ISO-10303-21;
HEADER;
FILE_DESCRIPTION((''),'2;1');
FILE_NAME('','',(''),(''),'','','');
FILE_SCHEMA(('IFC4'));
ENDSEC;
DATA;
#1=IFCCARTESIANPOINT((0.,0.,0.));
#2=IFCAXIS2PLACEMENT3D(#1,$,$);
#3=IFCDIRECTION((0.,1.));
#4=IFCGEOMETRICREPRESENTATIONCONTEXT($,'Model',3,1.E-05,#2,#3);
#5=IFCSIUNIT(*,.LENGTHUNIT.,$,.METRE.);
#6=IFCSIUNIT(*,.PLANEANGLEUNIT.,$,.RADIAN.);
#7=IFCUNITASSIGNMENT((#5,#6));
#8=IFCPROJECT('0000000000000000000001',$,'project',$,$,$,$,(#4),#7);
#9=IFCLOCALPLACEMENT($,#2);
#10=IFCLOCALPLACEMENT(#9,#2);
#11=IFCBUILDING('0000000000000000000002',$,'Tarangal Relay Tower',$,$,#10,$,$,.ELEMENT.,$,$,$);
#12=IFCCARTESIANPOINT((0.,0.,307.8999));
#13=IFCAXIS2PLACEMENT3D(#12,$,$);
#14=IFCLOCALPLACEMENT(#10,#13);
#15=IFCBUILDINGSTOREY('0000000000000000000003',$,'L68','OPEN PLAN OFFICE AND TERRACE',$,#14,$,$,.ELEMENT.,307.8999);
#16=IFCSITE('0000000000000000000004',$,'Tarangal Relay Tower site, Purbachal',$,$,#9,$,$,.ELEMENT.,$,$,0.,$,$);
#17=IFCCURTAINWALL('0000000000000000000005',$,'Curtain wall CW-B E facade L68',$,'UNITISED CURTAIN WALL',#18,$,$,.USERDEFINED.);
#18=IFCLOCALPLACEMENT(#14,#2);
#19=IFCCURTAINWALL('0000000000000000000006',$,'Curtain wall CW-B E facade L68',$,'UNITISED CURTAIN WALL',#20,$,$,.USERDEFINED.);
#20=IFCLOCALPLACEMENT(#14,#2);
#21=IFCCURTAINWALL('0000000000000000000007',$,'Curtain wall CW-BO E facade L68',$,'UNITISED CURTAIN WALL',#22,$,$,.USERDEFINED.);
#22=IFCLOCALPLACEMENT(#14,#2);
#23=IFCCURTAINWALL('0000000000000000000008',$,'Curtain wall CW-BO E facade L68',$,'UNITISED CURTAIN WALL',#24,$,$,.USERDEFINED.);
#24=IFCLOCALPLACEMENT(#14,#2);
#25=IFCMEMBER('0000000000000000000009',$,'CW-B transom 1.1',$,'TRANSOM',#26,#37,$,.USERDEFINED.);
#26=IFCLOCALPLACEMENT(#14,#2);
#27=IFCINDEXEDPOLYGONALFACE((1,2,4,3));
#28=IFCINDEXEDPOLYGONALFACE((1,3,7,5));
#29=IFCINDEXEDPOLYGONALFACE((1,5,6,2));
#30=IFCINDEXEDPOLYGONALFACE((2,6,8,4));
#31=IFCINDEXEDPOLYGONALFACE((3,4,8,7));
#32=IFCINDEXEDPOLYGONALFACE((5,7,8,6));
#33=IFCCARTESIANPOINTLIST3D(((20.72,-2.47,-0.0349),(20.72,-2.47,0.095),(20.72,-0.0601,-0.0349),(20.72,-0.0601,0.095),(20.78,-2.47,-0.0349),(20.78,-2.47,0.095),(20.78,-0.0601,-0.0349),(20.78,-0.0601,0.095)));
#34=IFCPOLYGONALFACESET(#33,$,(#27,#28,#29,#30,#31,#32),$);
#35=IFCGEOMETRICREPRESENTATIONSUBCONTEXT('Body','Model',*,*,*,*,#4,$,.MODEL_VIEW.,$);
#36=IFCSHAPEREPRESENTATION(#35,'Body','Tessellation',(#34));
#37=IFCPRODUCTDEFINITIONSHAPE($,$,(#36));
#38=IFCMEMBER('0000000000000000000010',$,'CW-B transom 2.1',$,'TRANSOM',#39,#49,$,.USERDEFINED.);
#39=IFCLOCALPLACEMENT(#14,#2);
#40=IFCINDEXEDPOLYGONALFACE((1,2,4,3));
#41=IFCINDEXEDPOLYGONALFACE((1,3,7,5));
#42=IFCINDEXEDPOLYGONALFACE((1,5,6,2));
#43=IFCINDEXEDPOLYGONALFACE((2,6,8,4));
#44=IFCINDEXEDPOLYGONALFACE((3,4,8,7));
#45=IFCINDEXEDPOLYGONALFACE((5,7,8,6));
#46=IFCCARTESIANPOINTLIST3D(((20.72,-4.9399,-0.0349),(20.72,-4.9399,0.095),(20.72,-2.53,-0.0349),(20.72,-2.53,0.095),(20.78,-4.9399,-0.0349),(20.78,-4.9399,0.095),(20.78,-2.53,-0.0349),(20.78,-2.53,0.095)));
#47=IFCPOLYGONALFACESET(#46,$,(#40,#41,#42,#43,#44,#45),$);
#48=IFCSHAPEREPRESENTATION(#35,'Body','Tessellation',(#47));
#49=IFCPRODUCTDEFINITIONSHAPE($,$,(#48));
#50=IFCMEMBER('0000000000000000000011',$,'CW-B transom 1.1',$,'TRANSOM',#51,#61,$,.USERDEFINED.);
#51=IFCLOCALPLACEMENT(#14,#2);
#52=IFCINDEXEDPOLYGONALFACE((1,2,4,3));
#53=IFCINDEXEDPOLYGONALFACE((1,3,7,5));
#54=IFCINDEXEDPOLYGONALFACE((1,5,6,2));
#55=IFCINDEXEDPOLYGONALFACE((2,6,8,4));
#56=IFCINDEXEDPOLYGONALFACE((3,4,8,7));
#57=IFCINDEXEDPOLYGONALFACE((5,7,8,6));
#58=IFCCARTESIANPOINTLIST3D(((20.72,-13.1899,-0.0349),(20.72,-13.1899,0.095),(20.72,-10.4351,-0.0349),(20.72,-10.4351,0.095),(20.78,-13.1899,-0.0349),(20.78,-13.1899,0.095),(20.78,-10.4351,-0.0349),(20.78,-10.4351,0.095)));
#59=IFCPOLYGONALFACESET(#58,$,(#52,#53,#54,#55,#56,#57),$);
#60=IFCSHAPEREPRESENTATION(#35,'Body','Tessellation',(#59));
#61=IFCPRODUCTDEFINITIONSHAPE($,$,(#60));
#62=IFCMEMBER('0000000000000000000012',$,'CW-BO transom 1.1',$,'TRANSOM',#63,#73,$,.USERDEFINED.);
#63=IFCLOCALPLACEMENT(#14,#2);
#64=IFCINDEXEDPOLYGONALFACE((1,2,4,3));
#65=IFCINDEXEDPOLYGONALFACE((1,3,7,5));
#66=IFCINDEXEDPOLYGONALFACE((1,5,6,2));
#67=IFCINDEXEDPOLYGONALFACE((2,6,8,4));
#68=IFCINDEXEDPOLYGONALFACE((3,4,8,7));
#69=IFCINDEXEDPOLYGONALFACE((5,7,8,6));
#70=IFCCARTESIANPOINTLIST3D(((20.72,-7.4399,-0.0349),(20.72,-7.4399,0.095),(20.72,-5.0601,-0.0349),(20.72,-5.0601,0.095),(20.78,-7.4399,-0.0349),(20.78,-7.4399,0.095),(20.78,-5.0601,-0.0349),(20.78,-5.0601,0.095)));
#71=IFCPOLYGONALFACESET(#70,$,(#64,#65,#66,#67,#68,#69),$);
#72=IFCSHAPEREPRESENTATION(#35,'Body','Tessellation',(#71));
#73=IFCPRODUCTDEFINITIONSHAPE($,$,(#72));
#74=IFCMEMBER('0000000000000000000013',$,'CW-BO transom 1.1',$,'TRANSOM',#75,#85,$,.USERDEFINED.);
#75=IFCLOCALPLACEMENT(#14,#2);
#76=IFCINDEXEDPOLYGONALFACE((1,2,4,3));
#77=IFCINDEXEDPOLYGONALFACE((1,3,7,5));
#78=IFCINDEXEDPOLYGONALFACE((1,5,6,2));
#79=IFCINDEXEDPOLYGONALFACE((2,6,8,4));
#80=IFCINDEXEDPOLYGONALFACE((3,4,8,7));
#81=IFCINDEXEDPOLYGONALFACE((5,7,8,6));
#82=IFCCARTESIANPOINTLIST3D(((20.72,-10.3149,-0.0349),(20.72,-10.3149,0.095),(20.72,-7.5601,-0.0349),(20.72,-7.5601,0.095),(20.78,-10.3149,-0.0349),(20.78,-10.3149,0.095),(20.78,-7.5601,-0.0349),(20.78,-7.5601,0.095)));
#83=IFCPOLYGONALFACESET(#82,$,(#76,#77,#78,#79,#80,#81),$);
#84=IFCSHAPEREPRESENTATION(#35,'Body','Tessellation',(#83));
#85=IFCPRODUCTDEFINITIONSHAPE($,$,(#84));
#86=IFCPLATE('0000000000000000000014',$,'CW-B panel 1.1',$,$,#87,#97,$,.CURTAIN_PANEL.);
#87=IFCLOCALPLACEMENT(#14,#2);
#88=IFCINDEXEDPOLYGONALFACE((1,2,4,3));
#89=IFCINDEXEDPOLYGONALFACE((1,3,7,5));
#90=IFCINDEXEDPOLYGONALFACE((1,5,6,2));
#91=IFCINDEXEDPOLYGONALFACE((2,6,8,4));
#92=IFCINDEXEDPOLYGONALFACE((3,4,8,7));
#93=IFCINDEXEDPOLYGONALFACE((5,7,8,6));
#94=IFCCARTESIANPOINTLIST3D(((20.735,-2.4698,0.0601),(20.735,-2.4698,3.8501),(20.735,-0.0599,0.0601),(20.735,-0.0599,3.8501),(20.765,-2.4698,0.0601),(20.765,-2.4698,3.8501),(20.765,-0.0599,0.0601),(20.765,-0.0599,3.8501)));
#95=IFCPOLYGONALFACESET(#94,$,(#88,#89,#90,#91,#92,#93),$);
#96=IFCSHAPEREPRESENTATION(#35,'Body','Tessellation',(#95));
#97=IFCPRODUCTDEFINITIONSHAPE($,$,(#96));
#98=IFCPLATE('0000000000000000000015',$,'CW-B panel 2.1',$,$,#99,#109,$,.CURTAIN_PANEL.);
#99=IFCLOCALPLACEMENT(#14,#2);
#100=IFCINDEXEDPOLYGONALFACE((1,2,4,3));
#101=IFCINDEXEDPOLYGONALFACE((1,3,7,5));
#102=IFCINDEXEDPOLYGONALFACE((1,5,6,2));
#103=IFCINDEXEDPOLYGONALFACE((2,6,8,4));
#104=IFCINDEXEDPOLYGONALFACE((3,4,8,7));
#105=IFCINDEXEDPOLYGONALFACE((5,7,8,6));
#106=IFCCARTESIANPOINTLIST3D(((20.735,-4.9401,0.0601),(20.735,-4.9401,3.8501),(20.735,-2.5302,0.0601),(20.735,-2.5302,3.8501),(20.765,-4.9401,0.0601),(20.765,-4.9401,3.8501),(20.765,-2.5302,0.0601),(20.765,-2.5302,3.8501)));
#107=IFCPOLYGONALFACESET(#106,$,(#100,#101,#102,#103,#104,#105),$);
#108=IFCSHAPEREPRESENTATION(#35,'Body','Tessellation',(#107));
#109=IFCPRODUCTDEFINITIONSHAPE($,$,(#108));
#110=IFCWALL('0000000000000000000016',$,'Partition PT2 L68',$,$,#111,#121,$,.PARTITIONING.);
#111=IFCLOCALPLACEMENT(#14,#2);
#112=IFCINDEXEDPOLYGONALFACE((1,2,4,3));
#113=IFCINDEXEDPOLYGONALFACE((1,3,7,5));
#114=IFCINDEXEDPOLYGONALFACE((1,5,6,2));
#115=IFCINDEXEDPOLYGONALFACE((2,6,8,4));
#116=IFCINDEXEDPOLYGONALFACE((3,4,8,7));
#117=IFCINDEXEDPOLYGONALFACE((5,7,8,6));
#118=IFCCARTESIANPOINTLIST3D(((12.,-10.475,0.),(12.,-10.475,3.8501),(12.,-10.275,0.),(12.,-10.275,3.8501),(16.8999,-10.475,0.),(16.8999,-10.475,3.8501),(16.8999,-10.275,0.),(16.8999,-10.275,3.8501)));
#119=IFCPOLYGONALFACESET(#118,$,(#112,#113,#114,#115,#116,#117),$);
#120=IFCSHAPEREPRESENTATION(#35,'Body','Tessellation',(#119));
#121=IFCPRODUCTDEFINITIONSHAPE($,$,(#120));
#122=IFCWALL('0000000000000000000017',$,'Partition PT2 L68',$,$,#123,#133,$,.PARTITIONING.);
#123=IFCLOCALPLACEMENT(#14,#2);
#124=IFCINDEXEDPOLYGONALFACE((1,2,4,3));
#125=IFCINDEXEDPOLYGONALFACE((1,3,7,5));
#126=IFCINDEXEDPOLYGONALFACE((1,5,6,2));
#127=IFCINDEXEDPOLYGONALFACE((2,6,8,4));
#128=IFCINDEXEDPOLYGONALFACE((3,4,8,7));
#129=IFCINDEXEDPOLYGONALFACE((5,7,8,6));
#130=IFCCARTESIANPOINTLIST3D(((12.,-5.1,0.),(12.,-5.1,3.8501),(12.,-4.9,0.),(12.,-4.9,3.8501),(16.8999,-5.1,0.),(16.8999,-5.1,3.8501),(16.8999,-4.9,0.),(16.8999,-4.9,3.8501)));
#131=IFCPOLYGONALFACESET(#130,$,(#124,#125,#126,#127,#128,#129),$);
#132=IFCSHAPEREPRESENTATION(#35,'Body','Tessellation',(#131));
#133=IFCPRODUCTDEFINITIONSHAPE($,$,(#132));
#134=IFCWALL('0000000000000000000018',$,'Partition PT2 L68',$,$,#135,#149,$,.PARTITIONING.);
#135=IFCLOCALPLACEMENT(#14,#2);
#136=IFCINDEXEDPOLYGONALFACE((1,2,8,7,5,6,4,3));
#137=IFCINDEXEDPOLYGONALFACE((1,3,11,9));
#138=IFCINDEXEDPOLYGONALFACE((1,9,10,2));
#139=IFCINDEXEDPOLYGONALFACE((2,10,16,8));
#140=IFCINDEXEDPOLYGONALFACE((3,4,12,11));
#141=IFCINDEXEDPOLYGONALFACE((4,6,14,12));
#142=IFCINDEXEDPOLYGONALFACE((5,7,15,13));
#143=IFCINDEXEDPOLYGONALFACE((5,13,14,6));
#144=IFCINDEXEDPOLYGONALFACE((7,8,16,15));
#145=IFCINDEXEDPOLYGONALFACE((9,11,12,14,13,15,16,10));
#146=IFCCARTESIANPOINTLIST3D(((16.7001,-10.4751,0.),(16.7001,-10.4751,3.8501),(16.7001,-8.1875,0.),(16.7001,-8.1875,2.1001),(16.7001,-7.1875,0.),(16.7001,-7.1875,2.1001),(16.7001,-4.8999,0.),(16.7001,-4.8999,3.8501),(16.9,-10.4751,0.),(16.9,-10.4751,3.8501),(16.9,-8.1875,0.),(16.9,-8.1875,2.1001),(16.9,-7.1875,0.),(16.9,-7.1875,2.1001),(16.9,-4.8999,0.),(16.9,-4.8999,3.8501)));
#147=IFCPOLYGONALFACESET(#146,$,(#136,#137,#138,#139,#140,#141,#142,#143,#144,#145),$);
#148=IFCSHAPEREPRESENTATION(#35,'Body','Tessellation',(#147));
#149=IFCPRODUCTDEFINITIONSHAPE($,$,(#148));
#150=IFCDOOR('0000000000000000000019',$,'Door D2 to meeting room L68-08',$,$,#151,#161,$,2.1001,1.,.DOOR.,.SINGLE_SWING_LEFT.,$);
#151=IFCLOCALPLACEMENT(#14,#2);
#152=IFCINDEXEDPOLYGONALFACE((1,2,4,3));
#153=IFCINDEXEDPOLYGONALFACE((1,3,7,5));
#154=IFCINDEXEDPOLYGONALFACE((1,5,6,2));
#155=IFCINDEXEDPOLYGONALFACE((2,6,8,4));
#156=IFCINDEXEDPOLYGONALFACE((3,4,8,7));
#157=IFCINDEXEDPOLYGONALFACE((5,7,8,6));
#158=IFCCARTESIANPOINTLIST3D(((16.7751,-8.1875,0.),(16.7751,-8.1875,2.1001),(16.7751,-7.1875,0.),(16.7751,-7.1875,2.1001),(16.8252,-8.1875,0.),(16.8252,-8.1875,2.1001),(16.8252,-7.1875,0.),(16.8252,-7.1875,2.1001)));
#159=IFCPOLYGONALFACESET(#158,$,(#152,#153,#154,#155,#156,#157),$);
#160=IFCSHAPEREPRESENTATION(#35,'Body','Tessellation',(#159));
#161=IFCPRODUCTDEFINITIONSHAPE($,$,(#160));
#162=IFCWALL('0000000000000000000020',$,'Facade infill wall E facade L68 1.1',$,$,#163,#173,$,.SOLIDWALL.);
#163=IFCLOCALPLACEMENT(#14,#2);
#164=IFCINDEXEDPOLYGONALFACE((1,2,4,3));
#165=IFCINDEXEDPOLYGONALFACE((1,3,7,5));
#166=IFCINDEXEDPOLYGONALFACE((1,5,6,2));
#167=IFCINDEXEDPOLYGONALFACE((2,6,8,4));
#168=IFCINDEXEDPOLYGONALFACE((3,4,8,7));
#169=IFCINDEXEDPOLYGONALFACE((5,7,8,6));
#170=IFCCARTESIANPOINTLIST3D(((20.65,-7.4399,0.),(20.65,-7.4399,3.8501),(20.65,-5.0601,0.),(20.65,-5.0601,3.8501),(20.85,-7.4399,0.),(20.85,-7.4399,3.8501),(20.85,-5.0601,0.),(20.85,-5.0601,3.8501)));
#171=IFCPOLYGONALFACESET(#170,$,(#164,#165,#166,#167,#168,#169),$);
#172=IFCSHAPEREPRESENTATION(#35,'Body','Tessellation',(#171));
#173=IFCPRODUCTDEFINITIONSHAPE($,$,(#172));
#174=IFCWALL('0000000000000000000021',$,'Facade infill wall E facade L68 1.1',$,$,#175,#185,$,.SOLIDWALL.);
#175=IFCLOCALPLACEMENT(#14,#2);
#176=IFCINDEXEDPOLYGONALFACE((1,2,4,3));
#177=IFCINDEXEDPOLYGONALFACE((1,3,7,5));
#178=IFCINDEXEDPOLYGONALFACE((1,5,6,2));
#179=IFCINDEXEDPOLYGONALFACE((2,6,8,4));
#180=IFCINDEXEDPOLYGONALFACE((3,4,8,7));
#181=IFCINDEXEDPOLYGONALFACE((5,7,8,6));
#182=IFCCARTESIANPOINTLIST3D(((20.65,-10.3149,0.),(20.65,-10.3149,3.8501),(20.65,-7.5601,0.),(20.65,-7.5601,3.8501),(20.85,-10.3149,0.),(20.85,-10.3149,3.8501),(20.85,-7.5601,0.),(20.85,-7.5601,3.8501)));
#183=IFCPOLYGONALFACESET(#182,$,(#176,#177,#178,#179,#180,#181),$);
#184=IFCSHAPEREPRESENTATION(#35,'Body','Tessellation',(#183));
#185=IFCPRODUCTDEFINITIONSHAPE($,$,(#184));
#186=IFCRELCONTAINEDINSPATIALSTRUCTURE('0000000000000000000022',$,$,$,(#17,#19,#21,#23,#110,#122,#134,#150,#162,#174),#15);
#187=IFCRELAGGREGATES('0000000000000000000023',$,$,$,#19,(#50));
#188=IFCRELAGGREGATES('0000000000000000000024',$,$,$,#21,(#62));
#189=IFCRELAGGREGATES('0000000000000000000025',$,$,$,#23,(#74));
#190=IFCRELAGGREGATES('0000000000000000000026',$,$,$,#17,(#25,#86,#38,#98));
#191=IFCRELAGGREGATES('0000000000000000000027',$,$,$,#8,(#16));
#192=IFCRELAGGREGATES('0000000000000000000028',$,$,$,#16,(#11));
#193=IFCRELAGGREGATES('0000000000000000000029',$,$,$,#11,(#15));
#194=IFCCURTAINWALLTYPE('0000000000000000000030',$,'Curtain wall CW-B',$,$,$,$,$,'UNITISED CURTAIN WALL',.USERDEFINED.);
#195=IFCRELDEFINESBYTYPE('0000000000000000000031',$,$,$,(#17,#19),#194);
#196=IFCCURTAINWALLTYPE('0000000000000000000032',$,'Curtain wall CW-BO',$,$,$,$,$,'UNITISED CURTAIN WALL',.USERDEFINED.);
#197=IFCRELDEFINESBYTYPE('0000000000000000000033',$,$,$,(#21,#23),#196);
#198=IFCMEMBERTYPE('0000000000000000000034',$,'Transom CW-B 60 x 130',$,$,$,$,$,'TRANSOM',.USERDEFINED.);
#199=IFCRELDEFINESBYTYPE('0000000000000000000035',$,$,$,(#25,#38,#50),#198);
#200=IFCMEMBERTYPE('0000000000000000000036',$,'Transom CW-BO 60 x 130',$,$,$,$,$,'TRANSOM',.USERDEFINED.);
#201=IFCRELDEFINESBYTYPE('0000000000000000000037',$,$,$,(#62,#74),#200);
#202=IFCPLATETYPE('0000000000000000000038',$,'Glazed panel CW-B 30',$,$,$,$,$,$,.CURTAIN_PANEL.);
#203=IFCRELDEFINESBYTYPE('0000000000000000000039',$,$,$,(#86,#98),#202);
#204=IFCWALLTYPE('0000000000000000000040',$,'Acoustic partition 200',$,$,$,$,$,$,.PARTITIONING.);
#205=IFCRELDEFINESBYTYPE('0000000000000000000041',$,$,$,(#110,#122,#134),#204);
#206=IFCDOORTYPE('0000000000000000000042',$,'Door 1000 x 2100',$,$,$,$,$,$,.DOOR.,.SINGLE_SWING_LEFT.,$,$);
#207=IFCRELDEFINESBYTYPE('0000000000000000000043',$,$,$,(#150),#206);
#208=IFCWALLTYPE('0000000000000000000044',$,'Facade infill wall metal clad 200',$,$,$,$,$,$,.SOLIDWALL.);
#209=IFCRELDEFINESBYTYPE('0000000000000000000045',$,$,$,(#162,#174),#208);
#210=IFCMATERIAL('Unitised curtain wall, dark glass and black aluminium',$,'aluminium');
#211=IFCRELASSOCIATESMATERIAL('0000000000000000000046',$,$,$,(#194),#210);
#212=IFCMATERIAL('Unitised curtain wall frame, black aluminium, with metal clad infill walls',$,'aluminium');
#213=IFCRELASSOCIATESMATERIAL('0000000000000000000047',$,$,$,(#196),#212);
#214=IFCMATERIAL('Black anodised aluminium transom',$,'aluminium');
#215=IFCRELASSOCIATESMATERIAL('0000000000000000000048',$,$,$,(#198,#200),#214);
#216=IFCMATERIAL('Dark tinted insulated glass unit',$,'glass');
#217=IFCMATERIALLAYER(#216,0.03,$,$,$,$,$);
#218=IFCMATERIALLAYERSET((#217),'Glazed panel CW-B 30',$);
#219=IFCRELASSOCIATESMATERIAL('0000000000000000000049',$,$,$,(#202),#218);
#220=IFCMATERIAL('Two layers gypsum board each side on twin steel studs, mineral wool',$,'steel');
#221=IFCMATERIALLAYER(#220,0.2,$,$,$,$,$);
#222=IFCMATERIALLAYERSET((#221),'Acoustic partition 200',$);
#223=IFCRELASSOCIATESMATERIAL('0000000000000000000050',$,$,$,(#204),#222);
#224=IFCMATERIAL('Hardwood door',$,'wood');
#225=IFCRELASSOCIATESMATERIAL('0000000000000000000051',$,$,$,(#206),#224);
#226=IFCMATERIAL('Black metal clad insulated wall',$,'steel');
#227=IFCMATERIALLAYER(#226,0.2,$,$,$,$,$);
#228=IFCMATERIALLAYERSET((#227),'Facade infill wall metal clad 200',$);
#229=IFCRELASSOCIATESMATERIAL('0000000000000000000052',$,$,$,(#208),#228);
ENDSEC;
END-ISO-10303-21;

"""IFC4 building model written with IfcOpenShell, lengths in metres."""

from ifc_helpers import new_model, si_unit, direction, frame, frame_2d, origin, origin_2d, place, context, subcontext, project, spatial, rectangle, extrude, material, layer, layer_set, material_profile, profile_set, type_object, element, fill, aggregate, save


model = new_model("IFC4")

# Units and contexts
model_context = context("Model", 3, precision=1e-05, world=origin(), true_north=direction((0.0, 1.0)))
body_context = subcontext(model_context, "Body", "Model", "MODEL_VIEW")
ifc_project = project(units=[si_unit("LENGTHUNIT", "METRE"), si_unit("PLANEANGLEUNIT", "RADIAN")], contexts=[model_context])

# Site, building, storey
site_placement = place(None, origin())
site = spatial("IfcSite", under=ifc_project, at=site_placement, Name="Tarangal Relay Tower site, Purbachal", CompositionType="ELEMENT", RefElevation=0.0)
building_placement = place(site_placement, origin())
building = spatial("IfcBuilding", under=site, at=building_placement, Name="Tarangal Relay Tower", CompositionType="ELEMENT")
storey_placement = place(building_placement, frame((0.0, 0.0, 307.8999)))
storey = spatial("IfcBuildingStorey", under=building, at=storey_placement, Name="L68", Description="OPEN PLAN OFFICE AND TERRACE", CompositionType="ELEMENT", Elevation=307.8999)

# Curtain wall
ifc_material_1 = material(Name="Unitised curtain wall, dark glass and black aluminium", Category="aluminium")
curtain_wall_type_1 = type_object("IfcCurtainWallType", Name="Curtain wall CW-B", ElementType="UNITISED CURTAIN WALL", PredefinedType="USERDEFINED", material=ifc_material_1)
curtain_wall_1_placement = place(storey_placement, origin())
curtain_wall_1 = element("IfcCurtainWall", 1, at=curtain_wall_1_placement, inside=storey, type_object=curtain_wall_type_1, Name="Curtain wall CW-B E facade L68", ObjectType="UNITISED CURTAIN WALL", PredefinedType="USERDEFINED")

# Curtain wall
curtain_wall_2_placement = place(storey_placement, origin())
curtain_wall_2 = element("IfcCurtainWall", 2, at=curtain_wall_2_placement, inside=storey, type_object=curtain_wall_type_1, Name="Curtain wall CW-B E facade L68", ObjectType="UNITISED CURTAIN WALL", PredefinedType="USERDEFINED")

# Curtain walls
ifc_material_2 = material(Name="Unitised curtain wall frame, black aluminium, with metal clad infill walls", Category="aluminium")
curtain_wall_type_2 = type_object("IfcCurtainWallType", Name="Curtain wall CW-BO", ElementType="UNITISED CURTAIN WALL", PredefinedType="USERDEFINED", material=ifc_material_2)
curtain_wall_3_placement = place(storey_placement, origin())
curtain_wall_3 = element("IfcCurtainWall", 3, at=curtain_wall_3_placement, inside=storey, type_object=curtain_wall_type_2, Name="Curtain wall CW-BO E facade L68", ObjectType="UNITISED CURTAIN WALL", PredefinedType="USERDEFINED")
curtain_wall_4_placement = place(storey_placement, origin())
curtain_wall_4 = element("IfcCurtainWall", 4, at=curtain_wall_4_placement, inside=storey, type_object=curtain_wall_type_2, Name="Curtain wall CW-BO E facade L68", ObjectType="UNITISED CURTAIN WALL", PredefinedType="USERDEFINED")

# Members
ifc_material_3 = material(Name="Black anodised aluminium transom", Category="aluminium")
ifc_material_profile_1 = material_profile(ifc_material_3, rectangle(XDim=0.0601, YDim=0.1299, at=origin_2d()), Name="CW-BT 60X130")
ifc_profile_set_1 = profile_set([ifc_material_profile_1], Name="Black anodised aluminium transom")
member_type_1 = type_object("IfcMemberType", Name="Transom CW-B 60 x 130", ElementType="TRANSOM", PredefinedType="USERDEFINED", material=ifc_profile_set_1)
member_1_placement = place(storey_placement, frame((20.75, -0.0601, 0.03), z_axis=(0.0, -1.0, 0.0), x_axis=(1.0, 0.0, 0.0)))
member_1 = element("IfcMember", 5, at=member_1_placement, type_object=member_type_1, Name="CW-B transom 1.1", ObjectType="TRANSOM", PredefinedType="USERDEFINED", context=body_context, shape_type="SweptSolid", body=[
    extrude(rectangle(XDim=0.0601, YDim=0.1299, at=origin_2d()), origin(), (0.0, 0.0, 1.0), 2.4099),
])
member_2_placement = place(storey_placement, frame((20.75, -2.53, 0.03), z_axis=(0.0, -1.0, 0.0), x_axis=(1.0, 0.0, 0.0)))
member_2 = element("IfcMember", 6, at=member_2_placement, type_object=member_type_1, Name="CW-B transom 2.1", ObjectType="TRANSOM", PredefinedType="USERDEFINED", context=body_context, shape_type="SweptSolid", body=[
    extrude(rectangle(XDim=0.0601, YDim=0.1299, at=origin_2d()), origin(), (0.0, 0.0, 1.0), 2.4099),
])
member_3_placement = place(storey_placement, frame((20.75, -10.4351, 0.03), z_axis=(0.0, -1.0, 0.0), x_axis=(1.0, 0.0, 0.0)))
member_3 = element("IfcMember", 7, at=member_3_placement, type_object=member_type_1, Name="CW-B transom 1.1", ObjectType="TRANSOM", PredefinedType="USERDEFINED", context=body_context, shape_type="SweptSolid", body=[
    extrude(rectangle(XDim=0.0601, YDim=0.1299, at=origin_2d()), origin(), (0.0, 0.0, 1.0), 2.7549),
])
aggregate(curtain_wall_2, [member_3])
ifc_material_profile_2 = material_profile(ifc_material_3, rectangle(XDim=0.0601, YDim=0.1299, at=origin_2d()), Name="CW-BOT 60X130")
ifc_profile_set_2 = profile_set([ifc_material_profile_2], Name="Black anodised aluminium transom")
member_type_2 = type_object("IfcMemberType", Name="Transom CW-BO 60 x 130", ElementType="TRANSOM", PredefinedType="USERDEFINED", material=ifc_profile_set_2)
member_4_placement = place(storey_placement, frame((20.75, -5.0601, 0.03), z_axis=(0.0, -1.0, 0.0), x_axis=(1.0, 0.0, 0.0)))
member_4 = element("IfcMember", 8, at=member_4_placement, type_object=member_type_2, Name="CW-BO transom 1.1", ObjectType="TRANSOM", PredefinedType="USERDEFINED", context=body_context, shape_type="SweptSolid", body=[
    extrude(rectangle(XDim=0.0601, YDim=0.1299, at=origin_2d()), origin(), (0.0, 0.0, 1.0), 2.3799),
])
aggregate(curtain_wall_3, [member_4])
member_5_placement = place(storey_placement, frame((20.75, -7.5601, 0.03), z_axis=(0.0, -1.0, 0.0), x_axis=(1.0, 0.0, 0.0)))
member_5 = element("IfcMember", 9, at=member_5_placement, type_object=member_type_2, Name="CW-BO transom 1.1", ObjectType="TRANSOM", PredefinedType="USERDEFINED", context=body_context, shape_type="SweptSolid", body=[
    extrude(rectangle(XDim=0.0601, YDim=0.1299, at=origin_2d()), origin(), (0.0, 0.0, 1.0), 2.7549),
])
aggregate(curtain_wall_4, [member_5])

# Plates
ifc_material_4 = material(Name="Dark tinted insulated glass unit", Category="glass")
ifc_layer_1 = layer(ifc_material_4, 0.03)
ifc_layer_set_1 = layer_set([ifc_layer_1], Name="Glazed panel CW-B 30")
plate_type = type_object("IfcPlateType", Name="Glazed panel CW-B 30", PredefinedType="CURTAIN_PANEL", material=ifc_layer_set_1)
plate_1_placement = place(storey_placement, frame((20.75, -1.2649, 0.0601), z_axis=(0.0, 0.0, 1.0), x_axis=(0.0, -1.0, 0.0)))
plate_1 = element("IfcPlate", 10, at=plate_1_placement, type_object=plate_type, Name="CW-B panel 1.1", PredefinedType="CURTAIN_PANEL", context=body_context, shape_type="SweptSolid", body=[
    extrude(rectangle(XDim=2.4099, YDim=0.03, at=origin_2d()), origin(), (0.0, 0.0, 1.0), 3.79),
])
plate_2_placement = place(storey_placement, frame((20.75, -3.7351, 0.0601), z_axis=(0.0, 0.0, 1.0), x_axis=(0.0, -1.0, 0.0)))
plate_2 = element("IfcPlate", 11, at=plate_2_placement, type_object=plate_type, Name="CW-B panel 2.1", PredefinedType="CURTAIN_PANEL", context=body_context, shape_type="SweptSolid", body=[
    extrude(rectangle(XDim=2.4099, YDim=0.03, at=origin_2d()), origin(), (0.0, 0.0, 1.0), 3.79),
])
aggregate(curtain_wall_1, [member_1, plate_1, member_2, plate_2])

# Walls
ifc_material_5 = material(Name="Two layers gypsum board each side on twin steel studs, mineral wool", Category="steel")
ifc_layer_2 = layer(ifc_material_5, 0.2)
ifc_layer_set_2 = layer_set([ifc_layer_2], Name="Acoustic partition 200")
wall_type_1 = type_object("IfcWallType", Name="Acoustic partition 200", PredefinedType="PARTITIONING", material=ifc_layer_set_2)
for number, where, z_axis, x_axis, name in (
    (12, (12.0, -10.375, 0.0), (0.0, 0.0, 1.0), (1.0, 0.0, 0.0), "Partition PT2 L68"),
    (13, (12.0, -5.0, 0.0), (0.0, 0.0, 1.0), (1.0, 0.0, 0.0), "Partition PT2 L68"),
):
    element("IfcWall", number, at=place(storey_placement, frame(where, z_axis=z_axis, x_axis=x_axis)), inside=storey, type_object=wall_type_1, Name=name, PredefinedType="PARTITIONING", context=body_context, shape_type="SweptSolid", body=[
        extrude(rectangle(XDim=4.8999, YDim=0.2, at=frame_2d((2.45, 0.0))), origin(), (0.0, 0.0, 1.0), 3.8501),
    ])

# Wall, opening, door
wall_1_placement = place(storey_placement, frame((16.8, -10.4751, 0.0), z_axis=(0.0, 0.0, 1.0), x_axis=(0.0, 1.0, 0.0)))
wall_1 = element("IfcWall", 14, at=wall_1_placement, inside=storey, type_object=wall_type_1, Name="Partition PT2 L68", PredefinedType="PARTITIONING", context=body_context, shape_type="SweptSolid", body=[
    extrude(rectangle(XDim=5.5752, YDim=0.2, at=frame_2d((2.7876, 0.0))), origin(), (0.0, 0.0, 1.0), 3.8501),
])
opening_1_placement = place(wall_1_placement, frame((2.2876, 0.0, 0.0)))
opening_1 = element("IfcOpeningElement", 15, at=opening_1_placement, cuts=wall_1, PredefinedType="OPENING", context=body_context, shape_type="SweptSolid", body=[
    extrude(rectangle(XDim=1.0, YDim=2.1001, at=frame_2d((0.5, 1.05))), frame((0.0, 0.1099, 0.0), z_axis=(0.0, -1.0, 0.0), x_axis=(1.0, 0.0, 0.0)), (0.0, 0.0, 1.0), 0.22),
])
ifc_material_6 = material(Name="Hardwood door", Category="wood")
door_type_1 = type_object("IfcDoorType", Name="Door 1000 x 2100", OperationType="SINGLE_SWING_LEFT", PredefinedType="DOOR", material=ifc_material_6)
door_1_placement = place(opening_1_placement, origin())
door_1 = element("IfcDoor", 16, at=door_1_placement, inside=storey, type_object=door_type_1, Name="Door D2 to meeting room L68-08", OperationType="SINGLE_SWING_LEFT", OverallHeight=2.1001, OverallWidth=1.0, PredefinedType="DOOR", context=body_context, shape_type="SweptSolid", body=[
    extrude(rectangle(XDim=1.0, YDim=2.1001, at=frame_2d((0.5, 1.05))), frame((0.0, 0.0249, 0.0), z_axis=(0.0, -1.0, 0.0), x_axis=(1.0, 0.0, 0.0)), (0.0, 0.0, 1.0), 0.05),
])
fill(opening_1, door_1)

# Walls
ifc_material_7 = material(Name="Black metal clad insulated wall", Category="steel")
ifc_layer_3 = layer(ifc_material_7, 0.2)
ifc_layer_set_3 = layer_set([ifc_layer_3], Name="Facade infill wall metal clad 200")
wall_type_2 = type_object("IfcWallType", Name="Facade infill wall metal clad 200", PredefinedType="SOLIDWALL", material=ifc_layer_set_3)
wall_2_placement = place(storey_placement, frame((20.75, -5.0601, 0.0), z_axis=(0.0, 0.0, 1.0), x_axis=(0.0, -1.0, 0.0)))
element("IfcWall", 17, at=wall_2_placement, inside=storey, type_object=wall_type_2, Name="Facade infill wall E facade L68 1.1", PredefinedType="SOLIDWALL", context=body_context, shape_type="SweptSolid", body=[
    extrude(rectangle(XDim=2.3799, YDim=0.2, at=frame_2d((1.1899, 0.0))), origin(), (0.0, 0.0, 1.0), 3.8501),
])
wall_3_placement = place(storey_placement, frame((20.75, -7.5601, 0.0), z_axis=(0.0, 0.0, 1.0), x_axis=(0.0, -1.0, 0.0)))
element("IfcWall", 18, at=wall_3_placement, inside=storey, type_object=wall_type_2, Name="Facade infill wall E facade L68 1.1", PredefinedType="SOLIDWALL", context=body_context, shape_type="SweptSolid", body=[
    extrude(rectangle(XDim=2.7549, YDim=0.2, at=frame_2d((1.3774, 0.0))), origin(), (0.0, 0.0, 1.0), 3.8501),
])

save(model, "model.ifc")
